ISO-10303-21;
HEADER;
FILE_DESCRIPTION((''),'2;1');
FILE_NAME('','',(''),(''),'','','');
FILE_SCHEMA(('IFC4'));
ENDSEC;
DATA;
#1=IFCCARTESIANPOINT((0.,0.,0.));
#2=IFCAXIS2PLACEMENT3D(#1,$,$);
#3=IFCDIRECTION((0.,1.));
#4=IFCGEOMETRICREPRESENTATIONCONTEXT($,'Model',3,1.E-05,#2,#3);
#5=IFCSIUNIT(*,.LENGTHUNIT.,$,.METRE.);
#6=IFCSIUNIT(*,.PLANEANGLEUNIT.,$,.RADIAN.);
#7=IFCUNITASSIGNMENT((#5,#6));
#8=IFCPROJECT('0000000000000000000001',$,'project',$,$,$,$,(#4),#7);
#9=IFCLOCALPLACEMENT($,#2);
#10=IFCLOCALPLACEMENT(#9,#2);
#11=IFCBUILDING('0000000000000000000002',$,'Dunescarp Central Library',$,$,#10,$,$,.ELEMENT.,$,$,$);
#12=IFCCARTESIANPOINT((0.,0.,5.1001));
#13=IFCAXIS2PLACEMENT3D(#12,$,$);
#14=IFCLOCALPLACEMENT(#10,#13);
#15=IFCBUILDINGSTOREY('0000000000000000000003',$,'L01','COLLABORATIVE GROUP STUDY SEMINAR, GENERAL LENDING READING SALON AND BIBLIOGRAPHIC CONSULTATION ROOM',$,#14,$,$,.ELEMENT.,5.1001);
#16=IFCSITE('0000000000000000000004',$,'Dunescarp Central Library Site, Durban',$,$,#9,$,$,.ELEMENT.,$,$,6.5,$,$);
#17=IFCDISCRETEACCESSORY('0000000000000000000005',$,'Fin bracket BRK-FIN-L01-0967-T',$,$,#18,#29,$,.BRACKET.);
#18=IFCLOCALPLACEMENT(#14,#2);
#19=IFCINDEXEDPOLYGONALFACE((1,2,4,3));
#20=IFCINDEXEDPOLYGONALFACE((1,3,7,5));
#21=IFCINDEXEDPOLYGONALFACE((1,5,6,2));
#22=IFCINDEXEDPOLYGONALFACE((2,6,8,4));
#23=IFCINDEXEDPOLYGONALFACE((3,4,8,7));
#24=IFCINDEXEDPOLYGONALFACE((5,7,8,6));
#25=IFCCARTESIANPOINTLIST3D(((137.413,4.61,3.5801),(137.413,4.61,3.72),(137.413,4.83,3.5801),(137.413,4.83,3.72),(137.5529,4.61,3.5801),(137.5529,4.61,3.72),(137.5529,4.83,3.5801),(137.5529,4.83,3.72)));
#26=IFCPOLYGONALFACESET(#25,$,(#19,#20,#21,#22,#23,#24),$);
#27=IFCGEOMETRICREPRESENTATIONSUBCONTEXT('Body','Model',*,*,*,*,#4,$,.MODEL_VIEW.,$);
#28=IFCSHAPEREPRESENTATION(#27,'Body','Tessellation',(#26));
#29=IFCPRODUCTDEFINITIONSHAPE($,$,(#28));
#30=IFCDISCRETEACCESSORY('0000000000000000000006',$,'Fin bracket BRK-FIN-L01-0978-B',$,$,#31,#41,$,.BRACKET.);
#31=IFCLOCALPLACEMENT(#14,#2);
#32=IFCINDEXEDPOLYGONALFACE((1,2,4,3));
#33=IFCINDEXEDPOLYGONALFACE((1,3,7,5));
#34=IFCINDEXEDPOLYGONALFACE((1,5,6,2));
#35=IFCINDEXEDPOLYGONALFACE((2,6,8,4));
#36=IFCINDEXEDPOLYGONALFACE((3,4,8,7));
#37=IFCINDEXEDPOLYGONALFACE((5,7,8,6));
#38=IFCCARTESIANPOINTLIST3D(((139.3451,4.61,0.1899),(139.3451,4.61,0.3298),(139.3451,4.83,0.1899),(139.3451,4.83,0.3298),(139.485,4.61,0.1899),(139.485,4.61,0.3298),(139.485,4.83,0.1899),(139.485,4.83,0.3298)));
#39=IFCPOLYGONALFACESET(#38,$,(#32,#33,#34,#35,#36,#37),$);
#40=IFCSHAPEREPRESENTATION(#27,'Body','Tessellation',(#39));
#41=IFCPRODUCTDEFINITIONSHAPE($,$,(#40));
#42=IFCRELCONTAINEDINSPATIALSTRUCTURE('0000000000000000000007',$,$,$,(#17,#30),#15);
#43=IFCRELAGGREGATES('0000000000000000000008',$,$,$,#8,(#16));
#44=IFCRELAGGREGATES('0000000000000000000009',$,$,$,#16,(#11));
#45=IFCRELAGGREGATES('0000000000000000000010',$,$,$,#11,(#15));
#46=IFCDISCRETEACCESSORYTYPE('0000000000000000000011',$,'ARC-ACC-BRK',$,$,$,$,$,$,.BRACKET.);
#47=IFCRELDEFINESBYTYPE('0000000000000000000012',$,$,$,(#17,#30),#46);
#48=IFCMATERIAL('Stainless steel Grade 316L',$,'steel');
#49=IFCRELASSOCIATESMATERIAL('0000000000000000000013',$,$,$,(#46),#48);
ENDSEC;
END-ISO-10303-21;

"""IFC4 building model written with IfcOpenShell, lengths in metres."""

from ifc_helpers import new_model, si_unit, direction, frame, origin, origin_2d, place, context, subcontext, project, spatial, rectangle, extrude, material, type_object, element, save


model = new_model("IFC4")

# Units and contexts
model_context = context("Model", 3, precision=1e-05, world=origin(), true_north=direction((0.0, 1.0)))
body_context = subcontext(model_context, "Body", "Model", "MODEL_VIEW")
ifc_project = project(units=[si_unit("LENGTHUNIT", "METRE"), si_unit("PLANEANGLEUNIT", "RADIAN")], contexts=[model_context])

# Site, building, storey
site_placement = place(None, origin())
site = spatial("IfcSite", under=ifc_project, at=site_placement, Name="Dunescarp Central Library Site, Durban", CompositionType="ELEMENT", RefElevation=6.5)
building_placement = place(site_placement, origin())
building = spatial("IfcBuilding", under=site, at=building_placement, Name="Dunescarp Central Library", CompositionType="ELEMENT")
storey_placement = place(building_placement, frame((0.0, 0.0, 5.1001)))
storey = spatial("IfcBuildingStorey", under=building, at=storey_placement, Name="L01", Description="COLLABORATIVE GROUP STUDY SEMINAR, GENERAL LENDING READING SALON AND BIBLIOGRAPHIC CONSULTATION ROOM", CompositionType="ELEMENT", Elevation=5.1001)

# Discrete accessories
ifc_material_1 = material(Name="Stainless steel Grade 316L", Category="steel")
discrete_accessory_type = type_object("IfcDiscreteAccessoryType", Name="ARC-ACC-BRK", PredefinedType="BRACKET", material=ifc_material_1)
for number, where, z_axis, x_axis, name in (
    (1, (137.4829, 4.72, 3.5801), (0.0, 0.0, 1.0), (0.0, -1.0, 0.0), "Fin bracket BRK-FIN-L01-0967-T"),
    (2, (139.415, 4.72, 0.1899), (0.0, 0.0, 1.0), (0.0, -1.0, 0.0), "Fin bracket BRK-FIN-L01-0978-B"),
):
    element("IfcDiscreteAccessory", number, at=place(storey_placement, frame(where, z_axis=z_axis, x_axis=x_axis)), inside=storey, type_object=discrete_accessory_type, Name=name, PredefinedType="BRACKET", context=body_context, shape_type="SweptSolid", body=[
        extrude(rectangle(XDim=0.22, YDim=0.1399, at=origin_2d()), origin(), (0.0, 0.0, 1.0), 0.1399),
    ])

save(model, "model.ifc")
